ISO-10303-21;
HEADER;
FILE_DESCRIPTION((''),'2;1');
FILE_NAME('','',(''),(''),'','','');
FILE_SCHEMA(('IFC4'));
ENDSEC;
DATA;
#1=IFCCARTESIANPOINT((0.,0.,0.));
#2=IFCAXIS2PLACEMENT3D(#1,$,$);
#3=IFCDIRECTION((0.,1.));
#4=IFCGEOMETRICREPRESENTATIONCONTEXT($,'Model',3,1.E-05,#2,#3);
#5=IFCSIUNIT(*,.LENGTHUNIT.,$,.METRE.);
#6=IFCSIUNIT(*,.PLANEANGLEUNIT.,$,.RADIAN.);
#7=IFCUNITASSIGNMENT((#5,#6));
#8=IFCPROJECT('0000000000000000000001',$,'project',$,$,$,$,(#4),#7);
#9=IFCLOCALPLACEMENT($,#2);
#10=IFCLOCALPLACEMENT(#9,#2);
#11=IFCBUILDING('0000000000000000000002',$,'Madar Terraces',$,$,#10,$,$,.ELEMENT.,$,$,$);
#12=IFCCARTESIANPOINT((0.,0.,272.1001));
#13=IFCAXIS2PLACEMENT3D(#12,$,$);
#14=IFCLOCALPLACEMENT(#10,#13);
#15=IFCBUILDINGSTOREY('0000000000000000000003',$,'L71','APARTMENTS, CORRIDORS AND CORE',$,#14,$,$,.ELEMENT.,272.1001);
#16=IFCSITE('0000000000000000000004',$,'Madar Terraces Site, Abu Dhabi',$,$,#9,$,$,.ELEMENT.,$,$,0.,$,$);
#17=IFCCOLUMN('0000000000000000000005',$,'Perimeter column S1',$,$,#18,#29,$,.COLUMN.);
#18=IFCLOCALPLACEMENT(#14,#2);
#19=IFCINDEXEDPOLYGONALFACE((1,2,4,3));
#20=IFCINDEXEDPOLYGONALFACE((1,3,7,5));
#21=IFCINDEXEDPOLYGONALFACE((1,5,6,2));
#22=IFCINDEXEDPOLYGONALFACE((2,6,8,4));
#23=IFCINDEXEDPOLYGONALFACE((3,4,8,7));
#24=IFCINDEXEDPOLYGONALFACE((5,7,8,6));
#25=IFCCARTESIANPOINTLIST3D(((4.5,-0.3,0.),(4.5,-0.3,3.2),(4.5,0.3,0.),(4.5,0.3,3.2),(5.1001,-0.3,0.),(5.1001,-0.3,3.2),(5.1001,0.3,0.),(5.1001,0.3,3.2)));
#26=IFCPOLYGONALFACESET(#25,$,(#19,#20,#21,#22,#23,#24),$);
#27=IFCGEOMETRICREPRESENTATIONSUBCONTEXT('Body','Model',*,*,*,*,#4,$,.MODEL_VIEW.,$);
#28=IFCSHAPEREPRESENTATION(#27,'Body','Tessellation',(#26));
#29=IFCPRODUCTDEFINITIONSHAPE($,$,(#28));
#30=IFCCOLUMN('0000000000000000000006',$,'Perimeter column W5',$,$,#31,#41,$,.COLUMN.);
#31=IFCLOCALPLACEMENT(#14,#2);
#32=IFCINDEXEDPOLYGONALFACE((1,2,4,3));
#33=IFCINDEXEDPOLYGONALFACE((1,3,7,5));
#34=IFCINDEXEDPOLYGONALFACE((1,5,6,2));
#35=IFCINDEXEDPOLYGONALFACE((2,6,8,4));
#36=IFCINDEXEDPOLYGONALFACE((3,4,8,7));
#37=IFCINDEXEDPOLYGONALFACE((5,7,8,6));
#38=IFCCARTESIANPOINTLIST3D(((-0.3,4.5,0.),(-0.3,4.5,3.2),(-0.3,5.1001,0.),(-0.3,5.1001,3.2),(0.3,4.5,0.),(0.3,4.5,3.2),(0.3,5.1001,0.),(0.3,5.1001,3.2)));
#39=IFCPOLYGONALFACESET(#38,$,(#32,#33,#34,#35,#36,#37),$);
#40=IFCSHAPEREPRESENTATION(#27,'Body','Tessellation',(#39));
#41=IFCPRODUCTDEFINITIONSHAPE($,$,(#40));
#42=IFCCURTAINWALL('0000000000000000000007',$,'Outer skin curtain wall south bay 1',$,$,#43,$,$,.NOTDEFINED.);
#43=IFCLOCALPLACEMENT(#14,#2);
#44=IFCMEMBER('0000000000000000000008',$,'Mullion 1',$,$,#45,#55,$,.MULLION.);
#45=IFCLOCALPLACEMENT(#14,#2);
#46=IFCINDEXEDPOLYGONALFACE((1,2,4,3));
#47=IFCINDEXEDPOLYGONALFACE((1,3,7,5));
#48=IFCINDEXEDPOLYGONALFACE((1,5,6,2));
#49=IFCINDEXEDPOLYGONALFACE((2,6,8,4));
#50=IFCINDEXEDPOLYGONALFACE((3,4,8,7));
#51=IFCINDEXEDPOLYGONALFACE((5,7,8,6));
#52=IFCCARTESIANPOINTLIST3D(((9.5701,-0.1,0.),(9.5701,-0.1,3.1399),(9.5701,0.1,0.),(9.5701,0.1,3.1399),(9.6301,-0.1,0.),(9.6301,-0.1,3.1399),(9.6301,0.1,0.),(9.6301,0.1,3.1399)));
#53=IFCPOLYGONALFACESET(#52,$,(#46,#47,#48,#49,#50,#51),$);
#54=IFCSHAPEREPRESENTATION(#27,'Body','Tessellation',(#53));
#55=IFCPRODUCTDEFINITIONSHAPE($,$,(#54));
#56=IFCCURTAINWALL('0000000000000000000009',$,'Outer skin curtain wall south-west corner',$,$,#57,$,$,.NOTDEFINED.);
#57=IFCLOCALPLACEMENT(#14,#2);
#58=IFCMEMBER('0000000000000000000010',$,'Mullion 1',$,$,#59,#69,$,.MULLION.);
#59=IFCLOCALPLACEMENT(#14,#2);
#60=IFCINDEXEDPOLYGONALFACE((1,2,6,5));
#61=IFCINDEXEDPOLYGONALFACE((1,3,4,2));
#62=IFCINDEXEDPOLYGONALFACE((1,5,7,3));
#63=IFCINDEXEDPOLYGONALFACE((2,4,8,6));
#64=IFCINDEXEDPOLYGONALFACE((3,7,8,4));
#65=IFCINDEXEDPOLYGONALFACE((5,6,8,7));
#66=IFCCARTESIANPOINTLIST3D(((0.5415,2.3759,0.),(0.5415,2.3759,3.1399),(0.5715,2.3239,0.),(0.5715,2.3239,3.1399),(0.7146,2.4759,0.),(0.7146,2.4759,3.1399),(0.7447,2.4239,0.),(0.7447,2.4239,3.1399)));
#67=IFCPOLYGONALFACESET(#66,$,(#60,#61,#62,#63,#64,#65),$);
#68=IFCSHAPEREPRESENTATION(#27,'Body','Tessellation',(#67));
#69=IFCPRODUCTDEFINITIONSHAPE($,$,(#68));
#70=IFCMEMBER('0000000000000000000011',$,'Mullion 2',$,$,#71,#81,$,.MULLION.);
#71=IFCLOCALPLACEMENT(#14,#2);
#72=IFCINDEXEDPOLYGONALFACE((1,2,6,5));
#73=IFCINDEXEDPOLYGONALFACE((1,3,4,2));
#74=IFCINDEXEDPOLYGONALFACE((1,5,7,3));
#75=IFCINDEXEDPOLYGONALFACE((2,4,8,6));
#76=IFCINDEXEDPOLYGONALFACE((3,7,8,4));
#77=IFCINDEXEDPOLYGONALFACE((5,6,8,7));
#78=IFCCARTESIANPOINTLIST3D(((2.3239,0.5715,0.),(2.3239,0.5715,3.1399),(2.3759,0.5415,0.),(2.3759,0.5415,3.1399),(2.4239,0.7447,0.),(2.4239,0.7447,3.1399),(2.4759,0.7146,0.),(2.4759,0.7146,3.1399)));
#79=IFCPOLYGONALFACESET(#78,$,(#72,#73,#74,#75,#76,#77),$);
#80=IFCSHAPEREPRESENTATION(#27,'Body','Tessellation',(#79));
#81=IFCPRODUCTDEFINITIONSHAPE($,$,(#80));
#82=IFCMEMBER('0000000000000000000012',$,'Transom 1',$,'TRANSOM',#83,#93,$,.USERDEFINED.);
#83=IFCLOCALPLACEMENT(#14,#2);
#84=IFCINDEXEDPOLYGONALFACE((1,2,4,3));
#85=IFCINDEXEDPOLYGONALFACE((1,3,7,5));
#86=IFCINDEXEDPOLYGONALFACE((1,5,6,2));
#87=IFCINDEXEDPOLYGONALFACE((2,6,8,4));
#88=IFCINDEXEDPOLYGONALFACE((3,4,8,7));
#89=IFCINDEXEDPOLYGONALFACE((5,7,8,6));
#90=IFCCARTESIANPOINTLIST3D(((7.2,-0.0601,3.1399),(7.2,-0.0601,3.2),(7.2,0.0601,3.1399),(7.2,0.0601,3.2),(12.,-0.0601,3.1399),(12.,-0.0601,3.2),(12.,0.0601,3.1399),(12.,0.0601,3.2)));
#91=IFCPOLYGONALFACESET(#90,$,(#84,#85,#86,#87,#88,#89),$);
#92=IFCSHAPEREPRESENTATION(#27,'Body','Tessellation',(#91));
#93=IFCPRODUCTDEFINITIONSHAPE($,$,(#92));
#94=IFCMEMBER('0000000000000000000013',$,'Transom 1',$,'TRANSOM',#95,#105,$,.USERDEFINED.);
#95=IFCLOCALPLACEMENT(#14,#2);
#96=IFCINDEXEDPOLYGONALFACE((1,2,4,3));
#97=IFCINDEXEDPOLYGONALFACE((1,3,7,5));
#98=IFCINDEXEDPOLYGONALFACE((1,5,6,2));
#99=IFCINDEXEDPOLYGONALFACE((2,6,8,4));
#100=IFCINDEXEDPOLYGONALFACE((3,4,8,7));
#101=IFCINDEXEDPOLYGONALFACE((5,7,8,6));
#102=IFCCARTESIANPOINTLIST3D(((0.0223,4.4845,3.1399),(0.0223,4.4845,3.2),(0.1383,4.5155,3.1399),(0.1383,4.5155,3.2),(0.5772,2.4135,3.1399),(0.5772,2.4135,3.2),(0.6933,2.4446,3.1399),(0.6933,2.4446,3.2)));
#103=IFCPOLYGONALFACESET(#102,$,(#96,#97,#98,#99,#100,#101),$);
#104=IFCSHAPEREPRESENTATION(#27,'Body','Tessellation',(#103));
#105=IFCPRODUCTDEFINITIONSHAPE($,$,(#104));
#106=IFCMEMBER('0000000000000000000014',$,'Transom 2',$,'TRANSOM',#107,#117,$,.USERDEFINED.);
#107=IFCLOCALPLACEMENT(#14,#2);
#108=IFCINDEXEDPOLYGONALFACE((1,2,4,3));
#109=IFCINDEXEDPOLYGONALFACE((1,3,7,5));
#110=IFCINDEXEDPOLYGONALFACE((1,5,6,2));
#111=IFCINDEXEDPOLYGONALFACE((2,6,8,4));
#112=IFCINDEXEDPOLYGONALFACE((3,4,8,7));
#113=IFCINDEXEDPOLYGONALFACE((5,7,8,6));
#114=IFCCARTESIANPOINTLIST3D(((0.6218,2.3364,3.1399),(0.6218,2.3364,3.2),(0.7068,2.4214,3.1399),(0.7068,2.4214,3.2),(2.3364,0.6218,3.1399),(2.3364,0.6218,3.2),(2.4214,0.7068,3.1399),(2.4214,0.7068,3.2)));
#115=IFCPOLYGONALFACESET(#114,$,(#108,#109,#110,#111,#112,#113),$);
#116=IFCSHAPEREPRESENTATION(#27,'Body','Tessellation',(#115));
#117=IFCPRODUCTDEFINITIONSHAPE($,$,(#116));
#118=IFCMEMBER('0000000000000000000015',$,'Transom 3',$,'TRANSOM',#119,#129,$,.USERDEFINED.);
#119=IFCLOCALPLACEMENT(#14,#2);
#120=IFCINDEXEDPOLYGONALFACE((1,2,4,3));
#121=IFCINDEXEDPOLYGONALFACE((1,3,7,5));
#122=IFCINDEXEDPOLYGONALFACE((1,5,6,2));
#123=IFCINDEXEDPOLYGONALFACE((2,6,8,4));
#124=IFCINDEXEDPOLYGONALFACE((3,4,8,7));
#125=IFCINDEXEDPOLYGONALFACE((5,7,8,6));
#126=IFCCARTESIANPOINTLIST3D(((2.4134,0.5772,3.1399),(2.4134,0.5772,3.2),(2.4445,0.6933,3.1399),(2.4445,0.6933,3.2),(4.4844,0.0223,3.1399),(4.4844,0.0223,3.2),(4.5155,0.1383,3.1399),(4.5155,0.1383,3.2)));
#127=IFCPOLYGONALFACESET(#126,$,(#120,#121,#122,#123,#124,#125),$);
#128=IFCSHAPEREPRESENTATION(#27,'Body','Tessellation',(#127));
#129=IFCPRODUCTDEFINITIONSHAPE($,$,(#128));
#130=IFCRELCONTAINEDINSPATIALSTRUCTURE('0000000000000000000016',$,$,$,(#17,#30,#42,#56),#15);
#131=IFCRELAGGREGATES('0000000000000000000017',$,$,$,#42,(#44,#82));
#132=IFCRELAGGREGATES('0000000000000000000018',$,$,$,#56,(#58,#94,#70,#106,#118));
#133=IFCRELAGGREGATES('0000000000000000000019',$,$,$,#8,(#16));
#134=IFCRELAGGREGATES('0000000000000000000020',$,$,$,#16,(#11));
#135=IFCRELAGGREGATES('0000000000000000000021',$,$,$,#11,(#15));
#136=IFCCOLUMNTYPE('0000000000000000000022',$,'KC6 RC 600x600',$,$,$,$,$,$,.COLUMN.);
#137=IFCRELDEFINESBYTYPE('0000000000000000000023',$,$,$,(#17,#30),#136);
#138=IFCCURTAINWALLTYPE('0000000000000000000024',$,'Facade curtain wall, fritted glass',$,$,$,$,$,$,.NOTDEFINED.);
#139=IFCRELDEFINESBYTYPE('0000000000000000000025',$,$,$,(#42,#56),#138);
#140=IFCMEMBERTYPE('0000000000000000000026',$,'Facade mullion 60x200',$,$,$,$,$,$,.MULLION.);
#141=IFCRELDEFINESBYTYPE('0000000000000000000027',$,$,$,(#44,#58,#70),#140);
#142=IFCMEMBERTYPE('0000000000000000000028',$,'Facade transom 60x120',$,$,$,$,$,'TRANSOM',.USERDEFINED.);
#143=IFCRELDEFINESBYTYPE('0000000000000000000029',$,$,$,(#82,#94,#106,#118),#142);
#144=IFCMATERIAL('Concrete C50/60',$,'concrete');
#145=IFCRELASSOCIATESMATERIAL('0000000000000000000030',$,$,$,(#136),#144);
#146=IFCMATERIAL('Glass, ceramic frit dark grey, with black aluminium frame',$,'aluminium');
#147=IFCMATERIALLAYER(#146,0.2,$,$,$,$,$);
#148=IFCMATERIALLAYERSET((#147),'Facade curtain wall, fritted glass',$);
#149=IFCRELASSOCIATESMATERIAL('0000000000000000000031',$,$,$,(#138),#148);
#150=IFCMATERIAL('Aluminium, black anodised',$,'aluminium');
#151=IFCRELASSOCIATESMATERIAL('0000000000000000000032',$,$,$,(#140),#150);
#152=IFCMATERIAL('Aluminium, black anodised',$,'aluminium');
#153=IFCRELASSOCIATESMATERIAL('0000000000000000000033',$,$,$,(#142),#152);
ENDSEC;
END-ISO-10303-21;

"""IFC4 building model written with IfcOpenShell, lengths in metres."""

from ifc_helpers import new_model, si_unit, direction, frame, origin, origin_2d, place, context, subcontext, project, spatial, rectangle, extrude, material, layer, layer_set, material_profile, profile_set, type_object, element, aggregate, save


model = new_model("IFC4")

# Units and contexts
model_context = context("Model", 3, precision=1e-05, world=origin(), true_north=direction((0.0, 1.0)))
body_context = subcontext(model_context, "Body", "Model", "MODEL_VIEW")
ifc_project = project(units=[si_unit("LENGTHUNIT", "METRE"), si_unit("PLANEANGLEUNIT", "RADIAN")], contexts=[model_context])

# Site, building, storey
site_placement = place(None, origin())
site = spatial("IfcSite", under=ifc_project, at=site_placement, Name="Madar Terraces Site, Abu Dhabi", CompositionType="ELEMENT", RefElevation=0.0)
building_placement = place(site_placement, origin())
building = spatial("IfcBuilding", under=site, at=building_placement, Name="Madar Terraces", CompositionType="ELEMENT")
storey_placement = place(building_placement, frame((0.0, 0.0, 272.1001)))
storey = spatial("IfcBuildingStorey", under=building, at=storey_placement, Name="L71", Description="APARTMENTS, CORRIDORS AND CORE", CompositionType="ELEMENT", Elevation=272.1001)

# Columns
ifc_material_1 = material(Name="Concrete C50/60", Category="concrete")
ifc_material_profile_1 = material_profile(ifc_material_1, rectangle(XDim=0.6001, YDim=0.6001, at=origin_2d()), Name="KC6 RC 600x600")
ifc_profile_set_1 = profile_set([ifc_material_profile_1], Name="Concrete C50/60")
column_type = type_object("IfcColumnType", Name="KC6 RC 600x600", PredefinedType="COLUMN", material=ifc_profile_set_1)
for number, where, z_axis, x_axis, name in (
    (1, (4.8, 0.0, 0.0), (0.0, 0.0, 1.0), (1.0, 0.0, 0.0), "Perimeter column S1"),
    (2, (0.0, 4.8, 0.0), (0.0, 0.0, 1.0), (1.0, 0.0, 0.0), "Perimeter column W5"),
):
    element("IfcColumn", number, at=place(storey_placement, frame(where, z_axis=z_axis, x_axis=x_axis)), inside=storey, type_object=column_type, Name=name, PredefinedType="COLUMN", context=body_context, shape_type="SweptSolid", body=[
        extrude(rectangle(XDim=0.6001, YDim=0.6001, at=origin_2d()), origin(), (0.0, 0.0, 1.0), 3.2),
    ])

# Curtain wall, member
ifc_material_2 = material(Name="Glass, ceramic frit dark grey, with black aluminium frame", Category="aluminium")
ifc_layer_1 = layer(ifc_material_2, 0.2)
ifc_layer_set_1 = layer_set([ifc_layer_1], Name="Facade curtain wall, fritted glass")
curtain_wall_type = type_object("IfcCurtainWallType", Name="Facade curtain wall, fritted glass", PredefinedType="NOTDEFINED", material=ifc_layer_set_1)
curtain_wall_1_placement = place(storey_placement, origin())
curtain_wall_1 = element("IfcCurtainWall", 3, at=curtain_wall_1_placement, inside=storey, type_object=curtain_wall_type, Name="Outer skin curtain wall south bay 1", PredefinedType="NOTDEFINED")
ifc_material_3 = material(Name="Aluminium, black anodised", Category="aluminium")
ifc_material_profile_2 = material_profile(ifc_material_3, rectangle(XDim=0.2, YDim=0.0601, at=origin_2d()), Name="Facade mullion 60x200")
ifc_profile_set_2 = profile_set([ifc_material_profile_2], Name="Aluminium, black anodised")
member_type_1 = type_object("IfcMemberType", Name="Facade mullion 60x200", PredefinedType="MULLION", material=ifc_profile_set_2)
member_1_placement = place(storey_placement, frame((9.6001, 0.0, 0.0), z_axis=(0.0, 0.0, 1.0), x_axis=(0.0, 1.0, 0.0)))
member_1 = element("IfcMember", 4, at=member_1_placement, type_object=member_type_1, Name="Mullion 1", PredefinedType="MULLION", context=body_context, shape_type="SweptSolid", body=[
    extrude(rectangle(XDim=0.2, YDim=0.0601, at=origin_2d()), origin(), (0.0, 0.0, 1.0), 3.1399),
])

# Curtain wall, members
curtain_wall_2_placement = place(storey_placement, origin())
curtain_wall_2 = element("IfcCurtainWall", 5, at=curtain_wall_2_placement, inside=storey, type_object=curtain_wall_type, Name="Outer skin curtain wall south-west corner", PredefinedType="NOTDEFINED")
member_2_placement = place(storey_placement, frame((0.6431, 2.3999, 0.0), z_axis=(0.0, 0.0, 1.0), x_axis=(0.866025, 0.5, 0.0)))
member_2 = element("IfcMember", 6, at=member_2_placement, type_object=member_type_1, Name="Mullion 1", PredefinedType="MULLION", context=body_context, shape_type="SweptSolid", body=[
    extrude(rectangle(XDim=0.2, YDim=0.0601, at=origin_2d()), origin(), (0.0, 0.0, 1.0), 3.1399),
])
member_3_placement = place(storey_placement, frame((2.3999, 0.6431, 0.0), z_axis=(0.0, 0.0, 1.0), x_axis=(0.5, 0.866025, 0.0)))
member_3 = element("IfcMember", 7, at=member_3_placement, type_object=member_type_1, Name="Mullion 2", PredefinedType="MULLION", context=body_context, shape_type="SweptSolid", body=[
    extrude(rectangle(XDim=0.2, YDim=0.0601, at=origin_2d()), origin(), (0.0, 0.0, 1.0), 3.1399),
])

# Members
ifc_material_4 = material(Name="Aluminium, black anodised", Category="aluminium")
ifc_material_profile_3 = material_profile(ifc_material_4, rectangle(XDim=0.1201, YDim=0.0601, at=origin_2d()), Name="Facade transom 60x120")
ifc_profile_set_3 = profile_set([ifc_material_profile_3], Name="Aluminium, black anodised")
member_type_2 = type_object("IfcMemberType", Name="Facade transom 60x120", ElementType="TRANSOM", PredefinedType="USERDEFINED", material=ifc_profile_set_3)
member_4_placement = place(storey_placement, frame((7.2, 0.0, 3.1699), z_axis=(1.0, 0.0, 0.0), x_axis=(0.0, 1.0, 0.0)))
member_4 = element("IfcMember", 8, at=member_4_placement, type_object=member_type_2, Name="Transom 1", ObjectType="TRANSOM", PredefinedType="USERDEFINED", context=body_context, shape_type="SweptSolid", body=[
    extrude(rectangle(XDim=0.1201, YDim=0.0601, at=origin_2d()), origin(), (0.0, 0.0, 1.0), 4.8),
])
member_5_placement = place(storey_placement, frame((0.0803, 4.5, 3.1699), z_axis=(0.258818, -0.965926, 0.0), x_axis=(0.965926, 0.258818, 0.0)))
member_5 = element("IfcMember", 9, at=member_5_placement, type_object=member_type_2, Name="Transom 1", ObjectType="TRANSOM", PredefinedType="USERDEFINED", context=body_context, shape_type="SweptSolid", body=[
    extrude(rectangle(XDim=0.1201, YDim=0.0601, at=origin_2d()), origin(), (0.0, 0.0, 1.0), 2.144),
])
member_6_placement = place(storey_placement, frame((0.6643, 2.3789, 3.1699), z_axis=(0.707107, -0.707107, 0.0), x_axis=(0.707107, 0.707107, 0.0)))
member_6 = element("IfcMember", 10, at=member_6_placement, type_object=member_type_2, Name="Transom 2", ObjectType="TRANSOM", PredefinedType="USERDEFINED", context=body_context, shape_type="SweptSolid", body=[
    extrude(rectangle(XDim=0.1201, YDim=0.0601, at=origin_2d()), origin(), (0.0, 0.0, 1.0), 2.4248),
])
member_7_placement = place(storey_placement, frame((2.429, 0.6353, 3.1699), z_axis=(0.965926, -0.258818, 0.0), x_axis=(0.258818, 0.965926, 0.0)))
member_7 = element("IfcMember", 11, at=member_7_placement, type_object=member_type_2, Name="Transom 3", ObjectType="TRANSOM", PredefinedType="USERDEFINED", context=body_context, shape_type="SweptSolid", body=[
    extrude(rectangle(XDim=0.1201, YDim=0.0601, at=origin_2d()), origin(), (0.0, 0.0, 1.0), 2.144),
])

aggregate(curtain_wall_1, [member_1, member_4])
aggregate(curtain_wall_2, [member_2, member_5, member_3, member_6, member_7])

save(model, "model.ifc")
